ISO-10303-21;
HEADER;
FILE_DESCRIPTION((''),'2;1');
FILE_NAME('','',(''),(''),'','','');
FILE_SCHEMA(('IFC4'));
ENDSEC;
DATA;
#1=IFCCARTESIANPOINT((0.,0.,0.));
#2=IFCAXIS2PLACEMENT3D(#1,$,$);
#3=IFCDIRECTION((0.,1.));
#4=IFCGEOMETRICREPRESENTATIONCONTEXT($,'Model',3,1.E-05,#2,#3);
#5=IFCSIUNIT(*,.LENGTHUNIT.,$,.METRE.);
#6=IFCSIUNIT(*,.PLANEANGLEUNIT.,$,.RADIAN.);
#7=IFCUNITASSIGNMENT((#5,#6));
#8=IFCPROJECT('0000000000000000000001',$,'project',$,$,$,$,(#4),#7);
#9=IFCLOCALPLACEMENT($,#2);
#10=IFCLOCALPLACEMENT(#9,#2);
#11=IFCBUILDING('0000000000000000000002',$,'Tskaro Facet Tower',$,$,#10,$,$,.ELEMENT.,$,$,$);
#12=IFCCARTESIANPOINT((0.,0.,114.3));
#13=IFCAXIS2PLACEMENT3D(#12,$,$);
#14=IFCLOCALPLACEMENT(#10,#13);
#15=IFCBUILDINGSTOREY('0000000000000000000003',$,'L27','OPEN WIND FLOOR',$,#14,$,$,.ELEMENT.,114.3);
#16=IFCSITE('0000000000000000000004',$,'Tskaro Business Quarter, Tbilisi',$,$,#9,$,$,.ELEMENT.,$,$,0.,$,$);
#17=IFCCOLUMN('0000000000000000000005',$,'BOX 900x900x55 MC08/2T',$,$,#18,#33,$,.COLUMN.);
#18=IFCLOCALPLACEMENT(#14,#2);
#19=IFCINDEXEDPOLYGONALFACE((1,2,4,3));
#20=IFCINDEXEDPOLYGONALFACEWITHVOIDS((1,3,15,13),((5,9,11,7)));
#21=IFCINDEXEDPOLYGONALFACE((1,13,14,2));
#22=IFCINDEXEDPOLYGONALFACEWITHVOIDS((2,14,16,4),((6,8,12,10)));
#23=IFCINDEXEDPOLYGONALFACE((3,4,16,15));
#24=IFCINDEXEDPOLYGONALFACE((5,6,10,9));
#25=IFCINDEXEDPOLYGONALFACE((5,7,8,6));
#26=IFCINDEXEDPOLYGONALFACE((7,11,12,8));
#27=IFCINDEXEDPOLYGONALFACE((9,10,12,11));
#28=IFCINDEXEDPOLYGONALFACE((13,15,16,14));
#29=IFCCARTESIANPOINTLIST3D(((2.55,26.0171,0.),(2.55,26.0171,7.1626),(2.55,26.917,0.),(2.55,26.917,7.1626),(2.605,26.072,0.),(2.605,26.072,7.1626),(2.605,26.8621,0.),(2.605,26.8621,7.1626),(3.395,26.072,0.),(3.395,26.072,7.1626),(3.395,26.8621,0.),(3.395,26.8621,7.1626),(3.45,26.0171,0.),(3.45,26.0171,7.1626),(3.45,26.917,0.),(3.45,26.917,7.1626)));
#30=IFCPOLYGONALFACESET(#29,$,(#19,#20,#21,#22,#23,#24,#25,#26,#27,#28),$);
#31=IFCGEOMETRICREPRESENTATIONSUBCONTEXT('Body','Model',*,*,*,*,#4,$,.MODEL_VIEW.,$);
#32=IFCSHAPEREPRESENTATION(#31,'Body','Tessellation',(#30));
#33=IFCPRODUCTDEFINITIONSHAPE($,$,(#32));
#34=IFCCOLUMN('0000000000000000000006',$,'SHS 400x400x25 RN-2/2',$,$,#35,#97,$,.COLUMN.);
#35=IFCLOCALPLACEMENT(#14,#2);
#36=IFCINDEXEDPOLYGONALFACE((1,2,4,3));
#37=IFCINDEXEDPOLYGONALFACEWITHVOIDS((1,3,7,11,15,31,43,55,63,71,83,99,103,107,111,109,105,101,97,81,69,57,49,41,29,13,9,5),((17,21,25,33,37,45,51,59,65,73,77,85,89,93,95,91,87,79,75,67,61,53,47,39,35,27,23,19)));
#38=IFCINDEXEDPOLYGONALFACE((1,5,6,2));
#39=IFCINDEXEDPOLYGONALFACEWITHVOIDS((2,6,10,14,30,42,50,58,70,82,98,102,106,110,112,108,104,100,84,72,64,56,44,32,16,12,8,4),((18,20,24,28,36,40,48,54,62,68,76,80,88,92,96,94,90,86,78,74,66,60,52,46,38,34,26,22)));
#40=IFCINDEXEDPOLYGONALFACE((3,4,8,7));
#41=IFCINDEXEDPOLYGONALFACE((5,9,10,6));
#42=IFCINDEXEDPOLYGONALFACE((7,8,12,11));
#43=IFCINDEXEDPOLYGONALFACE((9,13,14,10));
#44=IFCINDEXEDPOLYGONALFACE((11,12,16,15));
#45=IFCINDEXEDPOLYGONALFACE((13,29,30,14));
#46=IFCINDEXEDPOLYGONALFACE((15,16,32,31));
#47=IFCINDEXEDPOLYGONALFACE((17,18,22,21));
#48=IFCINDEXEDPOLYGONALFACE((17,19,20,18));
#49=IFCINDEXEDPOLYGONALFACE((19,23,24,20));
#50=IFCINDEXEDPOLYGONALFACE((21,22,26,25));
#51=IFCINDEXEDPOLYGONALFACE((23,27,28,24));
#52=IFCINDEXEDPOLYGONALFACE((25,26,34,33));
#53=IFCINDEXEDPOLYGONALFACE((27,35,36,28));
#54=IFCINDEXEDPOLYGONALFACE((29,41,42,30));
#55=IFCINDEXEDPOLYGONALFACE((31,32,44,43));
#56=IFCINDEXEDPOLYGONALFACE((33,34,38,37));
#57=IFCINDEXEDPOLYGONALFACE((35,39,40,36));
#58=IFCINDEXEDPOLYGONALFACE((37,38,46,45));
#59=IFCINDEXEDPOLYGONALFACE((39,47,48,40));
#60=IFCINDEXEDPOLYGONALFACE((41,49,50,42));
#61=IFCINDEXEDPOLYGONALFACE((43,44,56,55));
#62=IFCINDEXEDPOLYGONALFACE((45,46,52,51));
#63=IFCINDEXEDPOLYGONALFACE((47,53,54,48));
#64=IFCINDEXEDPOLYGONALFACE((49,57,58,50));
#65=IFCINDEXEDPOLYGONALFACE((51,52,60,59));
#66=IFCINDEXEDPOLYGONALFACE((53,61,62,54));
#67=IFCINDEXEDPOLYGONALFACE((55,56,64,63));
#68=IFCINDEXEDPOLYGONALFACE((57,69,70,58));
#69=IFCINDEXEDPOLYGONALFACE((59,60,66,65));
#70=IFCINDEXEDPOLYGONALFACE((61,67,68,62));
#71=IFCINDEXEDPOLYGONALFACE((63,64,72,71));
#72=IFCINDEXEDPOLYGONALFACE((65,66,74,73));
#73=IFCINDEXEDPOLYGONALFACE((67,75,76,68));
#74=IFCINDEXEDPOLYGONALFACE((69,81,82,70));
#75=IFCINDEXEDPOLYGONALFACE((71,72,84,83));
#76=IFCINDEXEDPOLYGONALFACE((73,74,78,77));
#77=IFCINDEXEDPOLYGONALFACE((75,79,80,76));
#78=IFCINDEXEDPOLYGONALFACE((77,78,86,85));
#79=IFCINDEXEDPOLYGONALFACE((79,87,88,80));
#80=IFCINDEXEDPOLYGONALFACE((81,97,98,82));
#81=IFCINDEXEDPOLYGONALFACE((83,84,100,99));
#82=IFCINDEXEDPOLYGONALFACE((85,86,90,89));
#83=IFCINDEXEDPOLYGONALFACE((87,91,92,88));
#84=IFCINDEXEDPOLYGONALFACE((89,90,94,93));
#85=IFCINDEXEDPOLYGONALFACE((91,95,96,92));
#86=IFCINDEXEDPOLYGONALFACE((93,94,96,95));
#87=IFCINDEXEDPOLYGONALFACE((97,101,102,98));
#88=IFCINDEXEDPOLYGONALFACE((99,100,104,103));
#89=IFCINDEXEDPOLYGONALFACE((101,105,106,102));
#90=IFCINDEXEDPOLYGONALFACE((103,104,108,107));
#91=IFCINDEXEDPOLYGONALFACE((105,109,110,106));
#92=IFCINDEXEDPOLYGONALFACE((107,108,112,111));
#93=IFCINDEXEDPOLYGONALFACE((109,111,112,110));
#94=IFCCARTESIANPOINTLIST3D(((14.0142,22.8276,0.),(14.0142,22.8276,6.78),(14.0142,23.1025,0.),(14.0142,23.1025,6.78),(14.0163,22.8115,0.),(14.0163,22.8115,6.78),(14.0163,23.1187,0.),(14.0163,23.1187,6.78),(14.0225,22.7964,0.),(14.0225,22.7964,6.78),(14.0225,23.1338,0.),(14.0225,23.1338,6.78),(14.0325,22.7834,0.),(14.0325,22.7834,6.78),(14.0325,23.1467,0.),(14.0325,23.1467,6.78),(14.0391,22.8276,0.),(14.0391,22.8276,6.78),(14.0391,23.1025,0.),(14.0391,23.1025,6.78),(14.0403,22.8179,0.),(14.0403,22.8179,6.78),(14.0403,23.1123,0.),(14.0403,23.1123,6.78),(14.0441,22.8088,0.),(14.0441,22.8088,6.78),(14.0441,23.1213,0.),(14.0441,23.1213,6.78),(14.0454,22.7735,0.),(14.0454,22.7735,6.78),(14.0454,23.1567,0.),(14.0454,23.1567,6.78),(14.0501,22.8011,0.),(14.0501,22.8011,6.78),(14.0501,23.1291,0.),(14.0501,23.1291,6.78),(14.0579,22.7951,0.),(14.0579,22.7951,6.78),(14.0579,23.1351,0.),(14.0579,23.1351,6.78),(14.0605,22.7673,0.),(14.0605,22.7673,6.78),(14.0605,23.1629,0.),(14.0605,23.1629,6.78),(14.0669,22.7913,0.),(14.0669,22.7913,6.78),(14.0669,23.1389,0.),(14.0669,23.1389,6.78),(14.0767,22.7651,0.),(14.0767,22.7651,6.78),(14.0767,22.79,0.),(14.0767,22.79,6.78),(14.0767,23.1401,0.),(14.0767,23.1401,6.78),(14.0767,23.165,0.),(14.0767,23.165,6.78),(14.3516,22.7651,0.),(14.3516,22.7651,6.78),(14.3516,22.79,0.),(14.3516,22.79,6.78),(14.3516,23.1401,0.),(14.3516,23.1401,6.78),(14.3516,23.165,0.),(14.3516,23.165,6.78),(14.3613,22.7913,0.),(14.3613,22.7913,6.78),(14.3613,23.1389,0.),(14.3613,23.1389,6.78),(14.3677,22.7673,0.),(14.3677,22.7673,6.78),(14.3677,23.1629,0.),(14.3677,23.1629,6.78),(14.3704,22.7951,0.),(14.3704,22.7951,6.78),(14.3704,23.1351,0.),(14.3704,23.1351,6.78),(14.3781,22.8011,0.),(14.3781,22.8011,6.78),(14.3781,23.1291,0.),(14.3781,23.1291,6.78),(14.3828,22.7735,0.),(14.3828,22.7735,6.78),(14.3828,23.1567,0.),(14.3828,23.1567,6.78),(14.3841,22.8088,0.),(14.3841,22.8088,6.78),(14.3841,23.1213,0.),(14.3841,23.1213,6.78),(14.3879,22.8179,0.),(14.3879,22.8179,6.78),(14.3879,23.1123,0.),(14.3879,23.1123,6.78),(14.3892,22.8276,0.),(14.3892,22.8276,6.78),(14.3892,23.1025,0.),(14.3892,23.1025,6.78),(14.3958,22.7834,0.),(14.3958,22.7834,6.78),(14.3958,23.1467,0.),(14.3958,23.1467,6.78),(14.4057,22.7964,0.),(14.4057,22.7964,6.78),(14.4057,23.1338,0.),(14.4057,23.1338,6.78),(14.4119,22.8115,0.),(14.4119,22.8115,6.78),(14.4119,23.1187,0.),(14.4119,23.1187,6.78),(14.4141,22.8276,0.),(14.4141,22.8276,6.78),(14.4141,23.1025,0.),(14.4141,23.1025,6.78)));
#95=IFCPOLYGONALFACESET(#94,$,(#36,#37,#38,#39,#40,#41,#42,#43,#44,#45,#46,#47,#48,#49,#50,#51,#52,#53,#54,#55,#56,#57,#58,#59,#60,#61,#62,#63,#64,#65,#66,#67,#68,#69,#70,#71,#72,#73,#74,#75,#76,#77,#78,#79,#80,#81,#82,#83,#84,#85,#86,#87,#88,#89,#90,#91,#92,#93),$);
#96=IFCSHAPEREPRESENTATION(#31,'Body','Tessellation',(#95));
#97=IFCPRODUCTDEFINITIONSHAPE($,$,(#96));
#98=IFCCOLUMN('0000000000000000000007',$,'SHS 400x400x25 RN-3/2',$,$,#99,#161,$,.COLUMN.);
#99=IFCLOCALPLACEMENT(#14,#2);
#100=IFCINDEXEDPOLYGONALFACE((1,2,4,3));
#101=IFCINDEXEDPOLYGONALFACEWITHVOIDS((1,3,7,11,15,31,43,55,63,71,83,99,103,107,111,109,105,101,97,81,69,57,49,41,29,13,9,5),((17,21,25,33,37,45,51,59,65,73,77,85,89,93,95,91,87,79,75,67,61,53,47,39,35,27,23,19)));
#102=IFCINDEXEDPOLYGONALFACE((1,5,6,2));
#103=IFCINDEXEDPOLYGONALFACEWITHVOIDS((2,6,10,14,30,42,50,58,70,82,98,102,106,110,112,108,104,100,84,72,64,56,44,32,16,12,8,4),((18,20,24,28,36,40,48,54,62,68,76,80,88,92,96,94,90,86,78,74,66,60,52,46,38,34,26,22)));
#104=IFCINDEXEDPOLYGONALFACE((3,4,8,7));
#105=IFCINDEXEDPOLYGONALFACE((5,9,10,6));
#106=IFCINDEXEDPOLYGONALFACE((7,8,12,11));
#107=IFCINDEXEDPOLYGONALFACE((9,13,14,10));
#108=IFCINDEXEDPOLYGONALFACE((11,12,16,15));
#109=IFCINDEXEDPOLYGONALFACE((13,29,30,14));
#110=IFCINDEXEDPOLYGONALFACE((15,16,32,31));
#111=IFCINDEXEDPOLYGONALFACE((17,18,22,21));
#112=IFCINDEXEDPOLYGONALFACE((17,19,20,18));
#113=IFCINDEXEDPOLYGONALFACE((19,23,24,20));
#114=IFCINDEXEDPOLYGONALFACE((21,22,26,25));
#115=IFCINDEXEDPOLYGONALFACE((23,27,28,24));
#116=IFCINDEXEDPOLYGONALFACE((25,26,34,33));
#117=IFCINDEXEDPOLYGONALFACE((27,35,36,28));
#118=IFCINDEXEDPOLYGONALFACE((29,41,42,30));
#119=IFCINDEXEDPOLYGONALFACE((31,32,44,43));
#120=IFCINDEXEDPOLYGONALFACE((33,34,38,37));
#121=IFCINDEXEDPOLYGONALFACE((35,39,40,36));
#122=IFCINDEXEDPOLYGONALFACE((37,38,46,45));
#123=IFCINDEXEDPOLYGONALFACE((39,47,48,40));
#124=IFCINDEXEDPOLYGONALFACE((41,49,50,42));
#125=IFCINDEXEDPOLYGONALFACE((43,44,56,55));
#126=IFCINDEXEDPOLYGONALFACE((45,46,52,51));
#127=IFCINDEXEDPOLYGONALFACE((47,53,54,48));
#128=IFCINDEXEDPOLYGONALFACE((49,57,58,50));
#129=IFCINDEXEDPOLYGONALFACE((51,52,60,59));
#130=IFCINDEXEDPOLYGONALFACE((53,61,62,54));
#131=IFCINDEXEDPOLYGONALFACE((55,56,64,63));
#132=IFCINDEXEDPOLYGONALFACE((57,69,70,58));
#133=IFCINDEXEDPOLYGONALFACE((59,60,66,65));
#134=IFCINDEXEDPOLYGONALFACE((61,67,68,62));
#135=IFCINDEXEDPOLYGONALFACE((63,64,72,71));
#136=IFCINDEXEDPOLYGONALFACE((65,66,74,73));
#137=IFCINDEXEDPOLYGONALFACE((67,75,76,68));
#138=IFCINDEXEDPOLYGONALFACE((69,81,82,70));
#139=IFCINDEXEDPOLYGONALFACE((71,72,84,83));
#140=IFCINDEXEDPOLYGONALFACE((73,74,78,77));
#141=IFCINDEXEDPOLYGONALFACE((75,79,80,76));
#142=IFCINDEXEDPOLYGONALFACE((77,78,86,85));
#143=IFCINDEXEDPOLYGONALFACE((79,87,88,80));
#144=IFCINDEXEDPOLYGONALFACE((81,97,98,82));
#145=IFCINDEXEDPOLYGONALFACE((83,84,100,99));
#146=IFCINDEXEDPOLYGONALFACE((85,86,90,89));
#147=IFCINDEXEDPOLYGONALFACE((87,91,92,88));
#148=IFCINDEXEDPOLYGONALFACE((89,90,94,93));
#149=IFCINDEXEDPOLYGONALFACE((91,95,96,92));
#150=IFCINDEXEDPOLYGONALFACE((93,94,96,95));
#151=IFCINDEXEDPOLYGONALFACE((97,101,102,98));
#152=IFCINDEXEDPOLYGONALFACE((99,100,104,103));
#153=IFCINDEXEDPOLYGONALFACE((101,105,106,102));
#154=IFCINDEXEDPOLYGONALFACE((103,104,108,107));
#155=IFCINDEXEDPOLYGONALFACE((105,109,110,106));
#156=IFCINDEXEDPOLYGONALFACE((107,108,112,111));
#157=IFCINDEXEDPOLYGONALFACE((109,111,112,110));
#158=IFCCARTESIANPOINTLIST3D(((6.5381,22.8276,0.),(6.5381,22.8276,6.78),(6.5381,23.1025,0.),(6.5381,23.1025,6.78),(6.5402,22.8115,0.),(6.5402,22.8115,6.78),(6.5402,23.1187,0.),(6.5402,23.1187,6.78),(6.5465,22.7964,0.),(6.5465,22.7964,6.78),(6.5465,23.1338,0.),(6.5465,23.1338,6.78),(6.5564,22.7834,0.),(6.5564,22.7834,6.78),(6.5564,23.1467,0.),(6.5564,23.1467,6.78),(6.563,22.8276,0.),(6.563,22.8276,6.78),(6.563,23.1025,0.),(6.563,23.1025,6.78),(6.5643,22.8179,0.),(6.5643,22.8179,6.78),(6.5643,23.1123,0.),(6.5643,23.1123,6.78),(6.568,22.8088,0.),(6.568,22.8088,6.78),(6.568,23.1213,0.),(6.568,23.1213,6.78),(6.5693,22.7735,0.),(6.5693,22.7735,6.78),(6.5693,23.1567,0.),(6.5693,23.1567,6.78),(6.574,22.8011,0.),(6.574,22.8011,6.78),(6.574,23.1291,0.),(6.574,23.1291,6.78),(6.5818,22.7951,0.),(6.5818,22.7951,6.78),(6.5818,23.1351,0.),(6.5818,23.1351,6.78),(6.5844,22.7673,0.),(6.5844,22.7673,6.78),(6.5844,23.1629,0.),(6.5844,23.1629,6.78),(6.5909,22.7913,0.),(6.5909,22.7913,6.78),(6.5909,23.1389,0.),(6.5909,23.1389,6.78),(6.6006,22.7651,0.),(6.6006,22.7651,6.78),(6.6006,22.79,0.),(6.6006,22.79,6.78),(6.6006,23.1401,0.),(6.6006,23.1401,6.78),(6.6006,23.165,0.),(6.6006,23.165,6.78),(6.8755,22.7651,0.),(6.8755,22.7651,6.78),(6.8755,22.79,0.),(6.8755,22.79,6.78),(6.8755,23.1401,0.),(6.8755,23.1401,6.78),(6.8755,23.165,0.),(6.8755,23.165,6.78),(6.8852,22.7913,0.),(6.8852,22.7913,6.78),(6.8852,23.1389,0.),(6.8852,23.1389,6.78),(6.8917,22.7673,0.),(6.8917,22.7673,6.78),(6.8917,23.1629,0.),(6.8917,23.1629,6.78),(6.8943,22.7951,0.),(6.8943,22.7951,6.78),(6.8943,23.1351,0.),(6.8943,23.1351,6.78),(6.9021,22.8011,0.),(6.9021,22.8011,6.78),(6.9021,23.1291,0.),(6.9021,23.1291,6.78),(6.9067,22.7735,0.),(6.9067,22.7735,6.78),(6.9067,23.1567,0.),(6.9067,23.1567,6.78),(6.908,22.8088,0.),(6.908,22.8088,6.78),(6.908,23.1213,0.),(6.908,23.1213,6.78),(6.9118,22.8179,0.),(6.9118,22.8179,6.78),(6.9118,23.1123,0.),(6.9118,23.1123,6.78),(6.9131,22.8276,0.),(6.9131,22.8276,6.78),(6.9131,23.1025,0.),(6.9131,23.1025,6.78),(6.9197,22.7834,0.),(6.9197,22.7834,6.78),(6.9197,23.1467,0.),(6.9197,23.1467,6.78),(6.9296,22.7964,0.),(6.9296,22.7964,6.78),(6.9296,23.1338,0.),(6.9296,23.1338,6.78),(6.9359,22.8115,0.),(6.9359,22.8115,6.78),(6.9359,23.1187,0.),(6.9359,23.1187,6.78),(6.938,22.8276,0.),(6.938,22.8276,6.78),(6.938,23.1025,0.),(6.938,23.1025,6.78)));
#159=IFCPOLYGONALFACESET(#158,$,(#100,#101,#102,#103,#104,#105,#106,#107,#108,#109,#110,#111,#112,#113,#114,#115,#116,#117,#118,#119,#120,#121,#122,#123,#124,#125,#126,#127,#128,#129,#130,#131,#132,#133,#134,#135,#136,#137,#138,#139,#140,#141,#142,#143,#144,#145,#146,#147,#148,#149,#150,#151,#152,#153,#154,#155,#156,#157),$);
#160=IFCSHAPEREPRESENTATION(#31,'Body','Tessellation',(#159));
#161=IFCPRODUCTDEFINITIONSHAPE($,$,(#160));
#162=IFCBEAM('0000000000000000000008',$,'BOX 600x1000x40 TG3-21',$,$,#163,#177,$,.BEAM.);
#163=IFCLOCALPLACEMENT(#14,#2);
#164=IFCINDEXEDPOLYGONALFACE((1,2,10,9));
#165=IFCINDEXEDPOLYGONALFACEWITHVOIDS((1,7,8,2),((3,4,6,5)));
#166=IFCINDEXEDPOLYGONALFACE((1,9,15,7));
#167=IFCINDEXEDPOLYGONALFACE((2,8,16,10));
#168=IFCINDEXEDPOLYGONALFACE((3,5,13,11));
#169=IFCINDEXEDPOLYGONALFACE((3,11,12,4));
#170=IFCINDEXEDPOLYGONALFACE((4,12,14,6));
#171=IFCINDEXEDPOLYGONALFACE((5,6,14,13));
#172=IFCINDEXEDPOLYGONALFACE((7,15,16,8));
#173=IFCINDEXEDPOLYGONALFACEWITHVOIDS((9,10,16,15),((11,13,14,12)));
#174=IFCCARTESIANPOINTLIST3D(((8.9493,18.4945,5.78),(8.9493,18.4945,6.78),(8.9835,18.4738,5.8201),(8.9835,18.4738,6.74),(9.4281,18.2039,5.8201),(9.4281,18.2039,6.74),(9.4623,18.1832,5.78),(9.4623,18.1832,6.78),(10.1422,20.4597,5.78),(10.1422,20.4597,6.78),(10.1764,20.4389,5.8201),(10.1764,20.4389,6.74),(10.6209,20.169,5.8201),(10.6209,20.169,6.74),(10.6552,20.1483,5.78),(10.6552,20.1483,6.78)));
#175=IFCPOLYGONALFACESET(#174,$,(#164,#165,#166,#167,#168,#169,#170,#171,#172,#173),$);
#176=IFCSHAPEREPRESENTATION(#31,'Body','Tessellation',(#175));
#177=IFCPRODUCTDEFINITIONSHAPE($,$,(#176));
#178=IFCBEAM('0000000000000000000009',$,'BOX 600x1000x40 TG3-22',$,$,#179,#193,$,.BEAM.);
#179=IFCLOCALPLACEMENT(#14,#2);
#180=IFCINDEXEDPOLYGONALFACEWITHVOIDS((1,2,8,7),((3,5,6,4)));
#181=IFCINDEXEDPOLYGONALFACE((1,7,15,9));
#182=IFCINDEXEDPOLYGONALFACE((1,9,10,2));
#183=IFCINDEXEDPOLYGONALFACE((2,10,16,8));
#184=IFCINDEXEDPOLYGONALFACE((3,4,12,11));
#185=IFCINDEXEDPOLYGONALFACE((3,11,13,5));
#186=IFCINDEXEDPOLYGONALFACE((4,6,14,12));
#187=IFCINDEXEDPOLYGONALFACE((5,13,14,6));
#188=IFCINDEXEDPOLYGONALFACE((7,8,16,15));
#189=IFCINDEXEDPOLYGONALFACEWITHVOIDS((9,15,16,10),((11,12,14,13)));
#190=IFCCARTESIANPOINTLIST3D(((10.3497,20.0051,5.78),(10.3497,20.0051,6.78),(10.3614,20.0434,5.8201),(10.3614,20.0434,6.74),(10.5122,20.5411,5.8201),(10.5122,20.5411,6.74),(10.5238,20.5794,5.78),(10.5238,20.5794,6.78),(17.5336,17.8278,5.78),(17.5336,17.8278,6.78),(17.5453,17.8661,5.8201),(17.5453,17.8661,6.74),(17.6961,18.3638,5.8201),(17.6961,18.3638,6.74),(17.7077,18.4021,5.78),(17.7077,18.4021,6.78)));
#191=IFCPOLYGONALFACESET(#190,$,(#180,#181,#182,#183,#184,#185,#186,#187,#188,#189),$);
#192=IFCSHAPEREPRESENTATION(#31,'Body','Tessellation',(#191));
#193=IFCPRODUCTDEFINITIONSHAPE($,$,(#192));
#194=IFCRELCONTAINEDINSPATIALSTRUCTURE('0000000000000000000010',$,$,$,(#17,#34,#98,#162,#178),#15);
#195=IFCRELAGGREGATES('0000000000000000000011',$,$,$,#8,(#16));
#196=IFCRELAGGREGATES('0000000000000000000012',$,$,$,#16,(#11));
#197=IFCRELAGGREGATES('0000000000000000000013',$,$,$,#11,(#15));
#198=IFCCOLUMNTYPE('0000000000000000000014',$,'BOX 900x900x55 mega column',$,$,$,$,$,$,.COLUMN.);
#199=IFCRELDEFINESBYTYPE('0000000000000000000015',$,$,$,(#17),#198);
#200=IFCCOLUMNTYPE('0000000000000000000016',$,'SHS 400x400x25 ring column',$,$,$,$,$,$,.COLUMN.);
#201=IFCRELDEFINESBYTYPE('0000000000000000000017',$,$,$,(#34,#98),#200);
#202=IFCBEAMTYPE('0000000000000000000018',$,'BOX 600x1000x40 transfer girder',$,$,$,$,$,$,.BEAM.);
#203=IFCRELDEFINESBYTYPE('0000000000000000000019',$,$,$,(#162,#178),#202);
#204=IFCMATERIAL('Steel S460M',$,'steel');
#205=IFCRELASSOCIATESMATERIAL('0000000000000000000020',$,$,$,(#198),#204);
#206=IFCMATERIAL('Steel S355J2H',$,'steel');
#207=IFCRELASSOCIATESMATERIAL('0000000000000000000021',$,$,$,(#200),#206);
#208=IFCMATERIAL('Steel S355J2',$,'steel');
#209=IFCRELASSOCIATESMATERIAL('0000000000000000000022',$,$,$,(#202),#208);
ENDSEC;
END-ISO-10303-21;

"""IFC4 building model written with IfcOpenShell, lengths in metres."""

from ifc_helpers import new_model, si_unit, direction, frame, origin, origin_2d, place, context, subcontext, project, spatial, hollow_rectangle, extrude, material, material_profile, profile_set, type_object, element, save


model = new_model("IFC4")

# Units and contexts
model_context = context("Model", 3, precision=1e-05, world=origin(), true_north=direction((0.0, 1.0)))
body_context = subcontext(model_context, "Body", "Model", "MODEL_VIEW")
ifc_project = project(units=[si_unit("LENGTHUNIT", "METRE"), si_unit("PLANEANGLEUNIT", "RADIAN")], contexts=[model_context])

# Site, building, storey
site_placement = place(None, origin())
site = spatial("IfcSite", under=ifc_project, at=site_placement, Name="Tskaro Business Quarter, Tbilisi", CompositionType="ELEMENT", RefElevation=0.0)
building_placement = place(site_placement, origin())
building = spatial("IfcBuilding", under=site, at=building_placement, Name="Tskaro Facet Tower", CompositionType="ELEMENT")
storey_placement = place(building_placement, frame((0.0, 0.0, 114.3)))
storey = spatial("IfcBuildingStorey", under=building, at=storey_placement, Name="L27", Description="OPEN WIND FLOOR", CompositionType="ELEMENT", Elevation=114.3)

# Columns
ifc_material_1 = material(Name="Steel S460M", Category="steel")
ifc_material_profile_1 = material_profile(ifc_material_1, hollow_rectangle(XDim=0.8999, YDim=0.8999, WallThickness=0.0549, at=origin_2d()), Name="BOX 900x900x55")
ifc_profile_set_1 = profile_set([ifc_material_profile_1], Name="Steel S460M")
column_type_1 = type_object("IfcColumnType", Name="BOX 900x900x55 mega column", PredefinedType="COLUMN", material=ifc_profile_set_1)
column_placement = place(storey_placement, frame((3.0, 26.467, 0.0), z_axis=(0.0, 0.0, 1.0), x_axis=(1.0, 0.0, 0.0)))
element("IfcColumn", 1, at=column_placement, inside=storey, type_object=column_type_1, Name="BOX 900x900x55 MC08/2T", PredefinedType="COLUMN", context=body_context, shape_type="SweptSolid", body=[
    extrude(hollow_rectangle(XDim=0.8999, YDim=0.8999, WallThickness=0.0549, at=origin_2d()), origin(), (0.0, 0.0, 1.0), 7.1626),
])
ifc_material_2 = material(Name="Steel S355J2H", Category="steel")
ifc_material_profile_2 = material_profile(ifc_material_2, hollow_rectangle(XDim=0.3999, YDim=0.3999, WallThickness=0.0249, InnerFilletRadius=0.0376, OuterFilletRadius=0.0625, at=origin_2d()), Name="SHS 400x400x25")
ifc_profile_set_2 = profile_set([ifc_material_profile_2], Name="Steel S355J2H")
column_type_2 = type_object("IfcColumnType", Name="SHS 400x400x25 ring column", PredefinedType="COLUMN", material=ifc_profile_set_2)
for number, where, z_axis, x_axis, name in (
    (2, (14.2141, 22.9651, 0.0), (0.0, 0.0, 1.0), (1.0, 0.0, 0.0), "SHS 400x400x25 RN-2/2"),
    (3, (6.738, 22.9651, 0.0), (0.0, 0.0, 1.0), (1.0, 0.0, 0.0), "SHS 400x400x25 RN-3/2"),
):
    element("IfcColumn", number, at=place(storey_placement, frame(where, z_axis=z_axis, x_axis=x_axis)), inside=storey, type_object=column_type_2, Name=name, PredefinedType="COLUMN", context=body_context, shape_type="SweptSolid", body=[
        extrude(hollow_rectangle(XDim=0.3999, YDim=0.3999, WallThickness=0.0249, InnerFilletRadius=0.0376, OuterFilletRadius=0.0625, at=origin_2d()), origin(), (0.0, 0.0, 1.0), 6.78),
    ])

# Beams
ifc_material_3 = material(Name="Steel S355J2", Category="steel")
ifc_material_profile_3 = material_profile(ifc_material_3, hollow_rectangle(XDim=0.6001, YDim=1.0, WallThickness=0.04, at=origin_2d()), Name="BOX 600x1000x40")
ifc_profile_set_3 = profile_set([ifc_material_profile_3], Name="Steel S355J2")
beam_type_1 = type_object("IfcBeamType", Name="BOX 600x1000x40 transfer girder", PredefinedType="BEAM", material=ifc_profile_set_3)
beam_1_placement = place(storey_placement, frame((10.3987, 20.304, 6.28), z_axis=(-0.518909, -0.85483, 0.0), x_axis=(0.85483, -0.518909, 0.0)))
element("IfcBeam", 4, at=beam_1_placement, inside=storey, type_object=beam_type_1, Name="BOX 600x1000x40 TG3-21", PredefinedType="BEAM", context=body_context, shape_type="SweptSolid", body=[
    extrude(hollow_rectangle(XDim=0.6001, YDim=1.0, WallThickness=0.04, at=origin_2d()), origin(), (0.0, 0.0, 1.0), 2.2988),
])
beam_2_placement = place(storey_placement, frame((10.4368, 20.2922, 6.28), z_axis=(0.957012, -0.290047, 0.0), x_axis=(0.290047, 0.957012, 0.0)))
element("IfcBeam", 5, at=beam_2_placement, inside=storey, type_object=beam_type_1, Name="BOX 600x1000x40 TG3-22", PredefinedType="BEAM", context=body_context, shape_type="SweptSolid", body=[
    extrude(hollow_rectangle(XDim=0.6001, YDim=1.0, WallThickness=0.04, at=origin_2d()), origin(), (0.0, 0.0, 1.0), 7.5066),
])

save(model, "model.ifc")
